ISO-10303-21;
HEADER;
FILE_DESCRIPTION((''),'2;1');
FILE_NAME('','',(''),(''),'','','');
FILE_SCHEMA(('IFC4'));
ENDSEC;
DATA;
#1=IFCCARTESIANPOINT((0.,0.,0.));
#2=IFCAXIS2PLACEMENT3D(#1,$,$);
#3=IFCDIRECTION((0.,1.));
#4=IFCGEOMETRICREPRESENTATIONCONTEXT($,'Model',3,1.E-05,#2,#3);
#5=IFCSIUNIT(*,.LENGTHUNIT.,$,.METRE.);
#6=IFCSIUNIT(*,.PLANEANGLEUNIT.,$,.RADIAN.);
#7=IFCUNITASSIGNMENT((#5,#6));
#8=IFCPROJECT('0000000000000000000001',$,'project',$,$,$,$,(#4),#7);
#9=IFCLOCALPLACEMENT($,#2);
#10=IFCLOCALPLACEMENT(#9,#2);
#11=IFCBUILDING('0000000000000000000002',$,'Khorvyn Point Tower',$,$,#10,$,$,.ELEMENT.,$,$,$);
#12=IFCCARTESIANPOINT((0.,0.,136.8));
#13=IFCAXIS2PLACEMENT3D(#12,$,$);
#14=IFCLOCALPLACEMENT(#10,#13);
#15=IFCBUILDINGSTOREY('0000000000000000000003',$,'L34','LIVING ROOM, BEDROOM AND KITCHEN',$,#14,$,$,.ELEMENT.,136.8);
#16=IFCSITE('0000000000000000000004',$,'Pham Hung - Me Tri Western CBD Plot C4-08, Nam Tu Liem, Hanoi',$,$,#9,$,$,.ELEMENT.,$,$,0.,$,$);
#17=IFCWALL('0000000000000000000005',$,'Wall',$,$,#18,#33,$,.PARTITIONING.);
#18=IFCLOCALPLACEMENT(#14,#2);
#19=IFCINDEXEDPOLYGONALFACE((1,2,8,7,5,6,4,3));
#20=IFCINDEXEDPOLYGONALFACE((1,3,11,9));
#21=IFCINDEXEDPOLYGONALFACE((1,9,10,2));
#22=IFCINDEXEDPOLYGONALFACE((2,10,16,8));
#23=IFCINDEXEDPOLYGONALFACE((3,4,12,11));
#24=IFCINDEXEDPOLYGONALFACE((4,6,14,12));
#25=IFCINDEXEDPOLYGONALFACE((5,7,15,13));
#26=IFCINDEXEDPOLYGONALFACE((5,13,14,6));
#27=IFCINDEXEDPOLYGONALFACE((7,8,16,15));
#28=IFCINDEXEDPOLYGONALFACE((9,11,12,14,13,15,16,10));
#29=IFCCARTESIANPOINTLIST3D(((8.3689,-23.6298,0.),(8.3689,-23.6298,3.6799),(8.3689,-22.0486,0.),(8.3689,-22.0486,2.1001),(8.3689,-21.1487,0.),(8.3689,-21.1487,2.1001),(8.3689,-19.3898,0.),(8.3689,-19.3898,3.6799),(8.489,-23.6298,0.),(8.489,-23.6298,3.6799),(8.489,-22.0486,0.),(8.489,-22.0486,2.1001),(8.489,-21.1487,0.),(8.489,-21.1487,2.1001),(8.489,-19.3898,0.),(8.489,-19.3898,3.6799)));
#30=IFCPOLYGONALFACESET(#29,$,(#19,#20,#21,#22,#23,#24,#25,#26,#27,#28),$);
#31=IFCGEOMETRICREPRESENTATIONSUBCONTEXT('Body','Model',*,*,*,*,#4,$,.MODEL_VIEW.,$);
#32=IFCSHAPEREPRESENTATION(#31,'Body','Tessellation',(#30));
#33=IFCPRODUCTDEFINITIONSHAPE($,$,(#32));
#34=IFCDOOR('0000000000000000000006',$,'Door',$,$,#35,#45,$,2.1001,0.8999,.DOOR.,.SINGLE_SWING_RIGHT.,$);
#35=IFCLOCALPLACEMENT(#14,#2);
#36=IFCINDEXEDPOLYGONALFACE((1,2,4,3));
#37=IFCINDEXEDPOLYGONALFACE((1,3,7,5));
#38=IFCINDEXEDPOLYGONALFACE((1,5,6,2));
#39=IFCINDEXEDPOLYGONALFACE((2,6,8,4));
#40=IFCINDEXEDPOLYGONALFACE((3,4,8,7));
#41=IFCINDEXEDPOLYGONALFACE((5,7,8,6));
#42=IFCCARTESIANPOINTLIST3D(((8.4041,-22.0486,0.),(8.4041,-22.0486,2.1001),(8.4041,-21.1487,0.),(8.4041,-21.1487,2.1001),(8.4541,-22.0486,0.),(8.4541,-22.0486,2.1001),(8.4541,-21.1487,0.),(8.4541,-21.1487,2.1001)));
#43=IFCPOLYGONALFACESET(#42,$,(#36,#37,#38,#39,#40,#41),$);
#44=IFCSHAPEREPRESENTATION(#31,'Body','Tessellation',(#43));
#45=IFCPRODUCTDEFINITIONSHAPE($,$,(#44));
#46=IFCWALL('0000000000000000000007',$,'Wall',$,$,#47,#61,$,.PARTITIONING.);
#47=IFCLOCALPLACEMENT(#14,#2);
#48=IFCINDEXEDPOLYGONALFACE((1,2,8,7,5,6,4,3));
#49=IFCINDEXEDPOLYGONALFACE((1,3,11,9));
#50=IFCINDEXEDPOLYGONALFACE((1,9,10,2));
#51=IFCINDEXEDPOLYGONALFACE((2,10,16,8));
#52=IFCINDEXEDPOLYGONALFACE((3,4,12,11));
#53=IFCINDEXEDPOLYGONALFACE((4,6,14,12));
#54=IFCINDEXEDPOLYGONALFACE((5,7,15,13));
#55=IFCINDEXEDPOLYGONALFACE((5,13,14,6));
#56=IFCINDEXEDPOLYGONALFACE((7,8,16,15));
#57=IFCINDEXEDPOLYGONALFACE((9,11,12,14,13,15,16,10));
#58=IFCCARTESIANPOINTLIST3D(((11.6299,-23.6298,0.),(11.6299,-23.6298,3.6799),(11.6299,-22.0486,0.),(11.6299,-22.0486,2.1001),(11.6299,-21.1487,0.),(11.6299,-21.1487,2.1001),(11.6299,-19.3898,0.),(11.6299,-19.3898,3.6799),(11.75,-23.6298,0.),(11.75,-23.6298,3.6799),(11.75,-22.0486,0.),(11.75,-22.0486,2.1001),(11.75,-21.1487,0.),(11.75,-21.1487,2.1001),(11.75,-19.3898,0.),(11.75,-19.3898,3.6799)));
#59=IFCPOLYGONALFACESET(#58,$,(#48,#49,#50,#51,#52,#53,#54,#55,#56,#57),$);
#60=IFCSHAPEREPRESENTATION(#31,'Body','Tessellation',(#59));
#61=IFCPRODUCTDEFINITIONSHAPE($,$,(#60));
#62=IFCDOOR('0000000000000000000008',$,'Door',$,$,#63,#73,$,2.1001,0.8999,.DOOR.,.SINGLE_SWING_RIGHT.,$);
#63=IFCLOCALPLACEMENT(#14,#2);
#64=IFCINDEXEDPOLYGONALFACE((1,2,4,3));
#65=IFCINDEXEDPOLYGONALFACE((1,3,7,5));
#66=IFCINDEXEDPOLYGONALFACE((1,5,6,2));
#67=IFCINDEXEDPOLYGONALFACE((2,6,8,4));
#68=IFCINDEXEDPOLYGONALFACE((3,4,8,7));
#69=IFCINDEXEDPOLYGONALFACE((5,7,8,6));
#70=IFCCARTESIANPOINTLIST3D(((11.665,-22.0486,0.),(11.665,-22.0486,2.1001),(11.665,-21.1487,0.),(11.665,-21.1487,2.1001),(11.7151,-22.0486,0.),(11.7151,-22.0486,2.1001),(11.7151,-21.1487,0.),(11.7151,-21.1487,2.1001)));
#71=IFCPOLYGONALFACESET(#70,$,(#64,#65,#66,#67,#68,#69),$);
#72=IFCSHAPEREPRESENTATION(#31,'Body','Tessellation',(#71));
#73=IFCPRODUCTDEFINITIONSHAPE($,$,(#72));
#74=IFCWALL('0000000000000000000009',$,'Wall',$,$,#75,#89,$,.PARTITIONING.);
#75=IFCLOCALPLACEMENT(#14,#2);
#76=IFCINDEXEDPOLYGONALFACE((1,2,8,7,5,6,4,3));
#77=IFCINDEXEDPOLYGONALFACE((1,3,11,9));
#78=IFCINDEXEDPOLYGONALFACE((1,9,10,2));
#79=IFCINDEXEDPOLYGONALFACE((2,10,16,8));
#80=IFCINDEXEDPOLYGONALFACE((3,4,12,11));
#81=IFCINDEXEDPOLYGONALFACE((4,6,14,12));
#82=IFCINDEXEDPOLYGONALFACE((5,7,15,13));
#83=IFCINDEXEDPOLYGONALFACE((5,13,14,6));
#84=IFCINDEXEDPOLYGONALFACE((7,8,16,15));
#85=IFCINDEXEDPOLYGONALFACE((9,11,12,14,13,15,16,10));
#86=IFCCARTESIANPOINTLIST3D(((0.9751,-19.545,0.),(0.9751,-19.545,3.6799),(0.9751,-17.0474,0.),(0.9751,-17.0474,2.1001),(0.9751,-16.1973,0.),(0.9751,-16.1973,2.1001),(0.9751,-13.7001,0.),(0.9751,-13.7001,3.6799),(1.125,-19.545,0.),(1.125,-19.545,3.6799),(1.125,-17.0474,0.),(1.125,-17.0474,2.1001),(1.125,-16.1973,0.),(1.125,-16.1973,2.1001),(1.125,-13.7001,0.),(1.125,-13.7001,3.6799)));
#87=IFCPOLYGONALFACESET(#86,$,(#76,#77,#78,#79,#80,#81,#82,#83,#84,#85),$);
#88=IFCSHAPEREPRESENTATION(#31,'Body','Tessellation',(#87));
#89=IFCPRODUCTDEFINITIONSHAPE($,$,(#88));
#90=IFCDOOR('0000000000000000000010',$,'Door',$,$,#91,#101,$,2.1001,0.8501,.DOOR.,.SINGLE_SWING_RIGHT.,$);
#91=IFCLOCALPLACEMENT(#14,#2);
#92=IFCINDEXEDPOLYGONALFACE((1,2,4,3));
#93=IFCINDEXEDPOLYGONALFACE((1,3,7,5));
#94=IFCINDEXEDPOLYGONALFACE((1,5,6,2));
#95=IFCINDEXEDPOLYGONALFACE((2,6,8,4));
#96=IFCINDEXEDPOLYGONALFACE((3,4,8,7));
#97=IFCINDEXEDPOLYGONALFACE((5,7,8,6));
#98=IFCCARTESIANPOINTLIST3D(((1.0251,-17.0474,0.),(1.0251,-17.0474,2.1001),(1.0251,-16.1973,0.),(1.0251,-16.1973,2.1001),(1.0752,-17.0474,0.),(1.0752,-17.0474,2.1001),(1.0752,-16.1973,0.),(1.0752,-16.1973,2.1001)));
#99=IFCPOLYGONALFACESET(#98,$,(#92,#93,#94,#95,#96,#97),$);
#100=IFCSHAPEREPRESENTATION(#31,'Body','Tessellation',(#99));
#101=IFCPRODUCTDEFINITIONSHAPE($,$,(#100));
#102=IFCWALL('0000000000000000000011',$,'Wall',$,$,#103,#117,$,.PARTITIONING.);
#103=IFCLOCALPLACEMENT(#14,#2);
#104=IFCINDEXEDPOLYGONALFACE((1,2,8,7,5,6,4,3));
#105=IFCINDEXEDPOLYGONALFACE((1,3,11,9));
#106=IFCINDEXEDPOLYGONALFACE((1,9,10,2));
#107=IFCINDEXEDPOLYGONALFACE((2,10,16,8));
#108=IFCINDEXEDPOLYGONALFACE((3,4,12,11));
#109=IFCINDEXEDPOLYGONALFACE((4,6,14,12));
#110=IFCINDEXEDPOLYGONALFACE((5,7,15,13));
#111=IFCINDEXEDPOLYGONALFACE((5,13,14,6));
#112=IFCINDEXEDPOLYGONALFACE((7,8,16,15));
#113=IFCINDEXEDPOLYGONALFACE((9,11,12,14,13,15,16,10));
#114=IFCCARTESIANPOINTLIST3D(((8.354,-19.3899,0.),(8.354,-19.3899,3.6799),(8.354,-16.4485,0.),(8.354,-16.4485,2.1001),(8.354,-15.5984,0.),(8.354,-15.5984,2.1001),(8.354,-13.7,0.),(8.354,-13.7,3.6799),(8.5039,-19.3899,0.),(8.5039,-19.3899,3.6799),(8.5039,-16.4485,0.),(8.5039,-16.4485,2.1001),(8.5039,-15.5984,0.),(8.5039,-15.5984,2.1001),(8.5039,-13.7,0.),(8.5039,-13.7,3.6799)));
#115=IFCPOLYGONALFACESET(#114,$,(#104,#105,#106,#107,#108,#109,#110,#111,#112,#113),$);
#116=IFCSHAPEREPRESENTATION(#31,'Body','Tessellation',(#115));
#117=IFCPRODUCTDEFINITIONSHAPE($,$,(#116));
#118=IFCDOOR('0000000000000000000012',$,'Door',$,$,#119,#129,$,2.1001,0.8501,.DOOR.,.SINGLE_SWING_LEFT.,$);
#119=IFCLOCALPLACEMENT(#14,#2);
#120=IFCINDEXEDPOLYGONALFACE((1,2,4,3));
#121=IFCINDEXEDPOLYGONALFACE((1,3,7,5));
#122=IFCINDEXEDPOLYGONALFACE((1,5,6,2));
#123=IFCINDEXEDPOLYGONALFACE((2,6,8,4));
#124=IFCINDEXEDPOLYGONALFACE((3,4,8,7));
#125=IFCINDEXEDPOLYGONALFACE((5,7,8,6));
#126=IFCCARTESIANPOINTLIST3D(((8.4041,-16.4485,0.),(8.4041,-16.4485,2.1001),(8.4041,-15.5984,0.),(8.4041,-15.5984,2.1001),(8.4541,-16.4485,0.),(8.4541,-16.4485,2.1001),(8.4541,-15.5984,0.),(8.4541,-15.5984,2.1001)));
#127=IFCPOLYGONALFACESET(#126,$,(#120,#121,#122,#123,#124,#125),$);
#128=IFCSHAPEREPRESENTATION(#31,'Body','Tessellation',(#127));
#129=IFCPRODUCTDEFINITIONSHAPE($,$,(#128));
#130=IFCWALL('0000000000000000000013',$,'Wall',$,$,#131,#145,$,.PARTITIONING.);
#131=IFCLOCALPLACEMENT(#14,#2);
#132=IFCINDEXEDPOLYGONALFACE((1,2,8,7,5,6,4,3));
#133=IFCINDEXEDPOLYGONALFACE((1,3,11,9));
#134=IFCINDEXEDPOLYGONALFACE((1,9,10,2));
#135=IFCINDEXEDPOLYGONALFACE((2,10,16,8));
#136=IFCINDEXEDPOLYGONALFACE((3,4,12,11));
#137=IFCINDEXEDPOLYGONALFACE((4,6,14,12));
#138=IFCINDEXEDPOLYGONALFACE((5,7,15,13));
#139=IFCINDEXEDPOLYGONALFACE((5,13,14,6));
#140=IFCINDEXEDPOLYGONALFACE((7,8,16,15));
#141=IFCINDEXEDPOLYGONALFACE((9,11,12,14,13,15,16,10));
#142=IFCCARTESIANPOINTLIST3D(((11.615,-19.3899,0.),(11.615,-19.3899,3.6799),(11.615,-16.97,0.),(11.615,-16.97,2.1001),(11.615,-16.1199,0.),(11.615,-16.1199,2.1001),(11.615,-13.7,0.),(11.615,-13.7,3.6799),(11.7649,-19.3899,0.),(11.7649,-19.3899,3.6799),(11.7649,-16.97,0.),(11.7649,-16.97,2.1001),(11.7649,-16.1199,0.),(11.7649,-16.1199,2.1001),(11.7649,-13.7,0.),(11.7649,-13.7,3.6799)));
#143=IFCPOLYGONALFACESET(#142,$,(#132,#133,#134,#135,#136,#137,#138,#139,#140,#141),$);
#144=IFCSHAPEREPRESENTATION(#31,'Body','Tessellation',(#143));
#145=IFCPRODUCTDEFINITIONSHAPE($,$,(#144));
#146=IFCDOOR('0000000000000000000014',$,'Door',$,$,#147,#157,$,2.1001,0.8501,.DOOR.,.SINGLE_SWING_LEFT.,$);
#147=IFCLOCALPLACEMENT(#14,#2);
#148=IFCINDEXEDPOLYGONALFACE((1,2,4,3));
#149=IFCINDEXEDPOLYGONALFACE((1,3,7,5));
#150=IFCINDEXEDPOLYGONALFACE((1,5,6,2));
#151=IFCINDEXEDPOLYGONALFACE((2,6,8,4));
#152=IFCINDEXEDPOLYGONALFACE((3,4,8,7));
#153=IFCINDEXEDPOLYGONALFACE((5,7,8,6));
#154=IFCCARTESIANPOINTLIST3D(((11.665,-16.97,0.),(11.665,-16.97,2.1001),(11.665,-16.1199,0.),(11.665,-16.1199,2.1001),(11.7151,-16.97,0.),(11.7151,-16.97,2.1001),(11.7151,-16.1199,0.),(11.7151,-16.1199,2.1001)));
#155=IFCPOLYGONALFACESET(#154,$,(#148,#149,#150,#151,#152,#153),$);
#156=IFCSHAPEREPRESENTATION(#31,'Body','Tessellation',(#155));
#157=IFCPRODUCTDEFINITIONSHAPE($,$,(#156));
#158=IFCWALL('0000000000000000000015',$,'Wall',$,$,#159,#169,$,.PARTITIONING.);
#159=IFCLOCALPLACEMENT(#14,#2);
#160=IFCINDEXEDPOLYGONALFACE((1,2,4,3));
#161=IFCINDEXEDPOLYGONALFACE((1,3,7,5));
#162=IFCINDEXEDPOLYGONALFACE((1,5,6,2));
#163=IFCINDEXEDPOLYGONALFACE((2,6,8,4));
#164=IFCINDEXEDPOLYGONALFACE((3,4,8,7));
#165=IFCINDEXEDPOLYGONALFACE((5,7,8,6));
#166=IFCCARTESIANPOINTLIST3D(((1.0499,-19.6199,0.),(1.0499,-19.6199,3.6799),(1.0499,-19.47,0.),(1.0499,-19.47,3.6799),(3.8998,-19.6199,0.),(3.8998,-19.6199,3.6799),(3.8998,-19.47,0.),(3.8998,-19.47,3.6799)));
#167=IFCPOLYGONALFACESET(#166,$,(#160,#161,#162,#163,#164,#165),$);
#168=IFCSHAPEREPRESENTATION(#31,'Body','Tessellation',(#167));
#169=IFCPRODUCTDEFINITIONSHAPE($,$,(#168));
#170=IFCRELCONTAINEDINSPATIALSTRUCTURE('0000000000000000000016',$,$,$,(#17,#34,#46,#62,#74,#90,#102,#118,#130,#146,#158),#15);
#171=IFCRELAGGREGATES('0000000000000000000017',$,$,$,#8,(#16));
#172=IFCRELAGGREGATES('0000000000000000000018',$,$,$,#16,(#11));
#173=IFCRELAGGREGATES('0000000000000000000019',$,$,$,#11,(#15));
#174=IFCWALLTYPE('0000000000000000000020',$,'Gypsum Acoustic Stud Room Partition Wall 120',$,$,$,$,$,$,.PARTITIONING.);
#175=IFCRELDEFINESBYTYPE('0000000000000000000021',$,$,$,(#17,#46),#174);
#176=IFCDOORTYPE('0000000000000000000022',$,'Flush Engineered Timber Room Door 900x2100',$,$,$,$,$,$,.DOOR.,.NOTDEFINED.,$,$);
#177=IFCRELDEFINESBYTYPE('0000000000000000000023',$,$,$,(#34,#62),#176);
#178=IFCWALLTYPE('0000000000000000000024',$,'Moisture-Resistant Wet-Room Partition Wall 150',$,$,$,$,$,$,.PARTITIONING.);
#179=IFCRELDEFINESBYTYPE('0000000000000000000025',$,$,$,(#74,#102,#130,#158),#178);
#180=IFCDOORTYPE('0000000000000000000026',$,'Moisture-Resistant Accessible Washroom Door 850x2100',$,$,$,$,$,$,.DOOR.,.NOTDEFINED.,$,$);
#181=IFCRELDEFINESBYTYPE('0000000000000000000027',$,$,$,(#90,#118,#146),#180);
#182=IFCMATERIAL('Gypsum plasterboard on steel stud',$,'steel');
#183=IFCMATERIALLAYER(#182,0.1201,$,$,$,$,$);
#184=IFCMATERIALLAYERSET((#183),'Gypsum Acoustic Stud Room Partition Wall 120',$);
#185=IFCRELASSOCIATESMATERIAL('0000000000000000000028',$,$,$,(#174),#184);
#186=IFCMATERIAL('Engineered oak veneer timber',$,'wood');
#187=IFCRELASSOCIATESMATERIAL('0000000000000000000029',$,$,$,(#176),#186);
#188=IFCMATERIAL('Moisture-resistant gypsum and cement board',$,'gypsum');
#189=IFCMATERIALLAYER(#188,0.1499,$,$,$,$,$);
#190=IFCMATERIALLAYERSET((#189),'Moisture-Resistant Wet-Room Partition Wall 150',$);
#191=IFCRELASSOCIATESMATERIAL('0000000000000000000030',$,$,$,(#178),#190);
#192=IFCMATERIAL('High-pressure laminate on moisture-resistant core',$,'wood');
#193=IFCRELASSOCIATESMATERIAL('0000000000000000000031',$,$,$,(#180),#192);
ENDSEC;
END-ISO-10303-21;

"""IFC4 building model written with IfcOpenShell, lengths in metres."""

from ifc_helpers import new_model, si_unit, direction, frame, frame_2d, origin, place, context, subcontext, project, spatial, rectangle, extrude, material, layer, layer_set, type_object, element, fill, save


model = new_model("IFC4")

# Units and contexts
model_context = context("Model", 3, precision=1e-05, world=origin(), true_north=direction((0.0, 1.0)))
body_context = subcontext(model_context, "Body", "Model", "MODEL_VIEW")
ifc_project = project(units=[si_unit("LENGTHUNIT", "METRE"), si_unit("PLANEANGLEUNIT", "RADIAN")], contexts=[model_context])

# Site, building, storey
site_placement = place(None, origin())
site = spatial("IfcSite", under=ifc_project, at=site_placement, Name="Pham Hung - Me Tri Western CBD Plot C4-08, Nam Tu Liem, Hanoi", CompositionType="ELEMENT", RefElevation=0.0)
building_placement = place(site_placement, origin())
building = spatial("IfcBuilding", under=site, at=building_placement, Name="Khorvyn Point Tower", CompositionType="ELEMENT")
storey_placement = place(building_placement, frame((0.0, 0.0, 136.8)))
storey = spatial("IfcBuildingStorey", under=building, at=storey_placement, Name="L34", Description="LIVING ROOM, BEDROOM AND KITCHEN", CompositionType="ELEMENT", Elevation=136.8)

# Walls, openings, doors
ifc_material_1 = material(Name="Gypsum plasterboard on steel stud", Category="steel")
ifc_layer_1 = layer(ifc_material_1, 0.1201)
ifc_layer_set_1 = layer_set([ifc_layer_1], Name="Gypsum Acoustic Stud Room Partition Wall 120")
wall_type_1 = type_object("IfcWallType", Name="Gypsum Acoustic Stud Room Partition Wall 120", PredefinedType="PARTITIONING", material=ifc_layer_set_1)
ifc_material_2 = material(Name="Engineered oak veneer timber", Category="wood")
door_type_1 = type_object("IfcDoorType", Name="Flush Engineered Timber Room Door 900x2100", OperationType="NOTDEFINED", PredefinedType="DOOR", material=ifc_material_2)
wall_1_placement = place(storey_placement, frame((8.429, -23.6299, 0.0), z_axis=(0.0, 0.0, 1.0), x_axis=(0.0, 1.0, 0.0)))
wall_1 = element("IfcWall", 1, at=wall_1_placement, inside=storey, type_object=wall_type_1, Name="Wall", PredefinedType="PARTITIONING", context=body_context, shape_type="SweptSolid", body=[
    extrude(rectangle(XDim=4.24, YDim=0.1201, at=frame_2d((2.1201, 0.0))), origin(), (0.0, 0.0, 1.0), 3.6799),
])
opening_1_placement = place(wall_1_placement, frame((1.5813, 0.0, 0.0)))
opening_1 = element("IfcOpeningElement", 2, at=opening_1_placement, cuts=wall_1, PredefinedType="OPENING", context=body_context, shape_type="SweptSolid", body=[
    extrude(rectangle(XDim=0.8999, YDim=2.1001, at=frame_2d((0.45, 1.05))), frame((0.0, 0.0701, 0.0), z_axis=(0.0, -1.0, 0.0), x_axis=(1.0, 0.0, 0.0)), (0.0, 0.0, 1.0), 0.1401),
])
door_1_placement = place(opening_1_placement, origin())
door_1 = element("IfcDoor", 3, at=door_1_placement, inside=storey, type_object=door_type_1, Name="Door", OperationType="SINGLE_SWING_RIGHT", OverallHeight=2.1001, OverallWidth=0.8999, PredefinedType="DOOR", context=body_context, shape_type="SweptSolid", body=[
    extrude(rectangle(XDim=0.8999, YDim=2.1001, at=frame_2d((0.45, 1.05))), frame((0.0, 0.0249, 0.0), z_axis=(0.0, -1.0, 0.0), x_axis=(1.0, 0.0, 0.0)), (0.0, 0.0, 1.0), 0.05),
])
fill(opening_1, door_1)
wall_2_placement = place(storey_placement, frame((11.6899, -23.6299, 0.0), z_axis=(0.0, 0.0, 1.0), x_axis=(0.0, 1.0, 0.0)))
wall_2 = element("IfcWall", 4, at=wall_2_placement, inside=storey, type_object=wall_type_1, Name="Wall", PredefinedType="PARTITIONING", context=body_context, shape_type="SweptSolid", body=[
    extrude(rectangle(XDim=4.24, YDim=0.1201, at=frame_2d((2.1201, 0.0))), origin(), (0.0, 0.0, 1.0), 3.6799),
])
opening_2_placement = place(wall_2_placement, frame((1.5813, 0.0, 0.0)))
opening_2 = element("IfcOpeningElement", 5, at=opening_2_placement, cuts=wall_2, PredefinedType="OPENING", context=body_context, shape_type="SweptSolid", body=[
    extrude(rectangle(XDim=0.8999, YDim=2.1001, at=frame_2d((0.45, 1.05))), frame((0.0, 0.0701, 0.0), z_axis=(0.0, -1.0, 0.0), x_axis=(1.0, 0.0, 0.0)), (0.0, 0.0, 1.0), 0.1401),
])
door_2_placement = place(opening_2_placement, origin())
door_2 = element("IfcDoor", 6, at=door_2_placement, inside=storey, type_object=door_type_1, Name="Door", OperationType="SINGLE_SWING_RIGHT", OverallHeight=2.1001, OverallWidth=0.8999, PredefinedType="DOOR", context=body_context, shape_type="SweptSolid", body=[
    extrude(rectangle(XDim=0.8999, YDim=2.1001, at=frame_2d((0.45, 1.05))), frame((0.0, 0.0249, 0.0), z_axis=(0.0, -1.0, 0.0), x_axis=(1.0, 0.0, 0.0)), (0.0, 0.0, 1.0), 0.05),
])
fill(opening_2, door_2)
ifc_material_3 = material(Name="Moisture-resistant gypsum and cement board", Category="gypsum")
ifc_layer_2 = layer(ifc_material_3, 0.1499)
ifc_layer_set_2 = layer_set([ifc_layer_2], Name="Moisture-Resistant Wet-Room Partition Wall 150")
wall_type_2 = type_object("IfcWallType", Name="Moisture-Resistant Wet-Room Partition Wall 150", PredefinedType="PARTITIONING", material=ifc_layer_set_2)
wall_3_placement = place(storey_placement, frame((1.05, -19.5449, 0.0), z_axis=(0.0, 0.0, 1.0), x_axis=(0.0, 1.0, 0.0)))
wall_3 = element("IfcWall", 7, at=wall_3_placement, inside=storey, type_object=wall_type_2, Name="Wall", PredefinedType="PARTITIONING", context=body_context, shape_type="SweptSolid", body=[
    extrude(rectangle(XDim=5.845, YDim=0.1499, at=frame_2d((2.9224, 0.0))), origin(), (0.0, 0.0, 1.0), 3.6799),
])
opening_3_placement = place(wall_3_placement, frame((2.4976, 0.0, 0.0)))
opening_3 = element("IfcOpeningElement", 8, at=opening_3_placement, cuts=wall_3, PredefinedType="OPENING", context=body_context, shape_type="SweptSolid", body=[
    extrude(rectangle(XDim=0.8501, YDim=2.1001, at=frame_2d((0.425, 1.05))), frame((0.0, 0.085, 0.0), z_axis=(0.0, -1.0, 0.0), x_axis=(1.0, 0.0, 0.0)), (0.0, 0.0, 1.0), 0.1699),
])
ifc_material_4 = material(Name="High-pressure laminate on moisture-resistant core", Category="wood")
door_type_2 = type_object("IfcDoorType", Name="Moisture-Resistant Accessible Washroom Door 850x2100", OperationType="NOTDEFINED", PredefinedType="DOOR", material=ifc_material_4)
door_3_placement = place(opening_3_placement, origin())
door_3 = element("IfcDoor", 9, at=door_3_placement, inside=storey, type_object=door_type_2, Name="Door", OperationType="SINGLE_SWING_RIGHT", OverallHeight=2.1001, OverallWidth=0.8501, PredefinedType="DOOR", context=body_context, shape_type="SweptSolid", body=[
    extrude(rectangle(XDim=0.8501, YDim=2.1001, at=frame_2d((0.425, 1.05))), frame((0.0, 0.0249, 0.0), z_axis=(0.0, -1.0, 0.0), x_axis=(1.0, 0.0, 0.0)), (0.0, 0.0, 1.0), 0.05),
])
fill(opening_3, door_3)
wall_4_placement = place(storey_placement, frame((8.429, -19.3899, 0.0), z_axis=(0.0, 0.0, 1.0), x_axis=(0.0, 1.0, 0.0)))
wall_4 = element("IfcWall", 10, at=wall_4_placement, inside=storey, type_object=wall_type_2, Name="Wall", PredefinedType="PARTITIONING", context=body_context, shape_type="SweptSolid", body=[
    extrude(rectangle(XDim=5.6899, YDim=0.1499, at=frame_2d((2.845, 0.0))), origin(), (0.0, 0.0, 1.0), 3.6799),
])
opening_4_placement = place(wall_4_placement, frame((2.9414, 0.0, 0.0)))
opening_4 = element("IfcOpeningElement", 11, at=opening_4_placement, cuts=wall_4, PredefinedType="OPENING", context=body_context, shape_type="SweptSolid", body=[
    extrude(rectangle(XDim=0.8501, YDim=2.1001, at=frame_2d((0.425, 1.05))), frame((0.0, 0.085, 0.0), z_axis=(0.0, -1.0, 0.0), x_axis=(1.0, 0.0, 0.0)), (0.0, 0.0, 1.0), 0.1699),
])
door_4_placement = place(opening_4_placement, origin())
door_4 = element("IfcDoor", 12, at=door_4_placement, inside=storey, type_object=door_type_2, Name="Door", OperationType="SINGLE_SWING_LEFT", OverallHeight=2.1001, OverallWidth=0.8501, PredefinedType="DOOR", context=body_context, shape_type="SweptSolid", body=[
    extrude(rectangle(XDim=0.8501, YDim=2.1001, at=frame_2d((0.425, 1.05))), frame((0.0, 0.0249, 0.0), z_axis=(0.0, -1.0, 0.0), x_axis=(1.0, 0.0, 0.0)), (0.0, 0.0, 1.0), 0.05),
])
fill(opening_4, door_4)
wall_5_placement = place(storey_placement, frame((11.6899, -19.3899, 0.0), z_axis=(0.0, 0.0, 1.0), x_axis=(0.0, 1.0, 0.0)))
wall_5 = element("IfcWall", 13, at=wall_5_placement, inside=storey, type_object=wall_type_2, Name="Wall", PredefinedType="PARTITIONING", context=body_context, shape_type="SweptSolid", body=[
    extrude(rectangle(XDim=5.6899, YDim=0.1499, at=frame_2d((2.845, 0.0))), origin(), (0.0, 0.0, 1.0), 3.6799),
])
opening_5_placement = place(wall_5_placement, frame((2.4199, 0.0, 0.0)))
opening_5 = element("IfcOpeningElement", 14, at=opening_5_placement, cuts=wall_5, PredefinedType="OPENING", context=body_context, shape_type="SweptSolid", body=[
    extrude(rectangle(XDim=0.8501, YDim=2.1001, at=frame_2d((0.425, 1.05))), frame((0.0, 0.085, 0.0), z_axis=(0.0, -1.0, 0.0), x_axis=(1.0, 0.0, 0.0)), (0.0, 0.0, 1.0), 0.1699),
])
door_5_placement = place(opening_5_placement, origin())
door_5 = element("IfcDoor", 15, at=door_5_placement, inside=storey, type_object=door_type_2, Name="Door", OperationType="SINGLE_SWING_LEFT", OverallHeight=2.1001, OverallWidth=0.8501, PredefinedType="DOOR", context=body_context, shape_type="SweptSolid", body=[
    extrude(rectangle(XDim=0.8501, YDim=2.1001, at=frame_2d((0.425, 1.05))), frame((0.0, 0.0249, 0.0), z_axis=(0.0, -1.0, 0.0), x_axis=(1.0, 0.0, 0.0)), (0.0, 0.0, 1.0), 0.05),
])
fill(opening_5, door_5)

# Wall
wall_6_placement = place(storey_placement, frame((1.05, -19.5449, 0.0), z_axis=(0.0, 0.0, 1.0), x_axis=(1.0, 0.0, 0.0)))
element("IfcWall", 16, at=wall_6_placement, inside=storey, type_object=wall_type_2, Name="Wall", PredefinedType="PARTITIONING", context=body_context, shape_type="SweptSolid", body=[
    extrude(rectangle(XDim=2.8499, YDim=0.1499, at=frame_2d((1.4248, 0.0))), origin(), (0.0, 0.0, 1.0), 3.6799),
])

save(model, "model.ifc")
